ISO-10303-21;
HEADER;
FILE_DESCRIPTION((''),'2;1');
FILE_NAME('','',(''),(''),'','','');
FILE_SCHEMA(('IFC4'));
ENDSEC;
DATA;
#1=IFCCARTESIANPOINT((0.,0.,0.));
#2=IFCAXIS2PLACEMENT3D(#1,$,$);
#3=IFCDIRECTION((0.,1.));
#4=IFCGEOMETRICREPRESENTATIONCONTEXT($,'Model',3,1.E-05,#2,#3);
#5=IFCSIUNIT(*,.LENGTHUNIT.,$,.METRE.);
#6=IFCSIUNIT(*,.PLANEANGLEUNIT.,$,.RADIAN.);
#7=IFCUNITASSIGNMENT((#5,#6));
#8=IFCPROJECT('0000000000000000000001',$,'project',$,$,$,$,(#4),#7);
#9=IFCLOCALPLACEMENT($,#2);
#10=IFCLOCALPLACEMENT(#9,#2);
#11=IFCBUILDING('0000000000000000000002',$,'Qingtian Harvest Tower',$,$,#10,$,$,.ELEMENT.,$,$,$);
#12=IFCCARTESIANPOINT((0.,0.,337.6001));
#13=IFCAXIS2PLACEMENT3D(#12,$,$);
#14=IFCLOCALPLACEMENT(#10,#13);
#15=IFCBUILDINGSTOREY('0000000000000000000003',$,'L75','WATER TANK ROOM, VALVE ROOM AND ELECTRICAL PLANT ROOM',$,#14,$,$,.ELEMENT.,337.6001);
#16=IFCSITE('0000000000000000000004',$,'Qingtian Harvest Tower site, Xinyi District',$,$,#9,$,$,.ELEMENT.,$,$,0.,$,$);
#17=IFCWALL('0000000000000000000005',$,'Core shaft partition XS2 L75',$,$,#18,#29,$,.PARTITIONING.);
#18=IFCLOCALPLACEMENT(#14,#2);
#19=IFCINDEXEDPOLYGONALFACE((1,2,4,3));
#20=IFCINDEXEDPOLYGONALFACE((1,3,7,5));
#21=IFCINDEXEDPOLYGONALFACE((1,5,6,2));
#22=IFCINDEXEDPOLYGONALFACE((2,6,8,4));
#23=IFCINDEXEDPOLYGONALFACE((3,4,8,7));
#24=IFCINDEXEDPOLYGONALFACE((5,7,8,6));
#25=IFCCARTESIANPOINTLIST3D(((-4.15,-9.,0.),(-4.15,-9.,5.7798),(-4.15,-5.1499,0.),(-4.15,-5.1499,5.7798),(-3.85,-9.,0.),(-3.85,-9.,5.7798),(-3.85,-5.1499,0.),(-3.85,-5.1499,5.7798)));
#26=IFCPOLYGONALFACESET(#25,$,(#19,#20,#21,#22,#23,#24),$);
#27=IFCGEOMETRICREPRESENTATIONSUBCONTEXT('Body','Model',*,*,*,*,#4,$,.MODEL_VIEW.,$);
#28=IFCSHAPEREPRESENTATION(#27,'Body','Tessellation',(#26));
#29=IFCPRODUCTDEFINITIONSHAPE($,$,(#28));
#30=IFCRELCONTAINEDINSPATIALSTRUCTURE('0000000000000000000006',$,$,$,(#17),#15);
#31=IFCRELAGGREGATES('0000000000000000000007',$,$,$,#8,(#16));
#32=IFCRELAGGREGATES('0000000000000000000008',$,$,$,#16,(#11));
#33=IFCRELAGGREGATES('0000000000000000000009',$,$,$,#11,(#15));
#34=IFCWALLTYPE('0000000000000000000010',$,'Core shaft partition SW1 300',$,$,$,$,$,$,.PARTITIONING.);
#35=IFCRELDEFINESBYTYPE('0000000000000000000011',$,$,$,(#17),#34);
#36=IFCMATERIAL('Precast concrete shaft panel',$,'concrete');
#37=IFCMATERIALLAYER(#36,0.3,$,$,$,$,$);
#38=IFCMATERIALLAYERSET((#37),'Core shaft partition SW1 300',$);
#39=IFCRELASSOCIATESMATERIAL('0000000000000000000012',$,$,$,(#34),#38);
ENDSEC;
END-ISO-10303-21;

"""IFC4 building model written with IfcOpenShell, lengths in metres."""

from ifc_helpers import new_model, si_unit, direction, frame, frame_2d, origin, place, context, subcontext, project, spatial, rectangle, extrude, material, layer, layer_set, type_object, element, save


model = new_model("IFC4")

# Units and contexts
model_context = context("Model", 3, precision=1e-05, world=origin(), true_north=direction((0.0, 1.0)))
body_context = subcontext(model_context, "Body", "Model", "MODEL_VIEW")
ifc_project = project(units=[si_unit("LENGTHUNIT", "METRE"), si_unit("PLANEANGLEUNIT", "RADIAN")], contexts=[model_context])

# Site, building, storey
site_placement = place(None, origin())
site = spatial("IfcSite", under=ifc_project, at=site_placement, Name="Qingtian Harvest Tower site, Xinyi District", CompositionType="ELEMENT", RefElevation=0.0)
building_placement = place(site_placement, origin())
building = spatial("IfcBuilding", under=site, at=building_placement, Name="Qingtian Harvest Tower", CompositionType="ELEMENT")
storey_placement = place(building_placement, frame((0.0, 0.0, 337.6001)))
storey = spatial("IfcBuildingStorey", under=building, at=storey_placement, Name="L75", Description="WATER TANK ROOM, VALVE ROOM AND ELECTRICAL PLANT ROOM", CompositionType="ELEMENT", Elevation=337.6001)

# Wall
ifc_material_1 = material(Name="Precast concrete shaft panel", Category="concrete")
ifc_layer_1 = layer(ifc_material_1, 0.3)
ifc_layer_set_1 = layer_set([ifc_layer_1], Name="Core shaft partition SW1 300")
wall_type = type_object("IfcWallType", Name="Core shaft partition SW1 300", PredefinedType="PARTITIONING", material=ifc_layer_set_1)
wall_1_placement = place(storey_placement, frame((-4.0, -9.0, 0.0), z_axis=(0.0, 0.0, 1.0), x_axis=(0.0, 1.0, 0.0)))
element("IfcWall", 1, at=wall_1_placement, inside=storey, type_object=wall_type, Name="Core shaft partition XS2 L75", PredefinedType="PARTITIONING", context=body_context, shape_type="SweptSolid", body=[
    extrude(rectangle(XDim=3.8501, YDim=0.3, at=frame_2d((1.925, 0.0))), origin(), (0.0, 0.0, 1.0), 5.7798),
])

save(model, "model.ifc")
